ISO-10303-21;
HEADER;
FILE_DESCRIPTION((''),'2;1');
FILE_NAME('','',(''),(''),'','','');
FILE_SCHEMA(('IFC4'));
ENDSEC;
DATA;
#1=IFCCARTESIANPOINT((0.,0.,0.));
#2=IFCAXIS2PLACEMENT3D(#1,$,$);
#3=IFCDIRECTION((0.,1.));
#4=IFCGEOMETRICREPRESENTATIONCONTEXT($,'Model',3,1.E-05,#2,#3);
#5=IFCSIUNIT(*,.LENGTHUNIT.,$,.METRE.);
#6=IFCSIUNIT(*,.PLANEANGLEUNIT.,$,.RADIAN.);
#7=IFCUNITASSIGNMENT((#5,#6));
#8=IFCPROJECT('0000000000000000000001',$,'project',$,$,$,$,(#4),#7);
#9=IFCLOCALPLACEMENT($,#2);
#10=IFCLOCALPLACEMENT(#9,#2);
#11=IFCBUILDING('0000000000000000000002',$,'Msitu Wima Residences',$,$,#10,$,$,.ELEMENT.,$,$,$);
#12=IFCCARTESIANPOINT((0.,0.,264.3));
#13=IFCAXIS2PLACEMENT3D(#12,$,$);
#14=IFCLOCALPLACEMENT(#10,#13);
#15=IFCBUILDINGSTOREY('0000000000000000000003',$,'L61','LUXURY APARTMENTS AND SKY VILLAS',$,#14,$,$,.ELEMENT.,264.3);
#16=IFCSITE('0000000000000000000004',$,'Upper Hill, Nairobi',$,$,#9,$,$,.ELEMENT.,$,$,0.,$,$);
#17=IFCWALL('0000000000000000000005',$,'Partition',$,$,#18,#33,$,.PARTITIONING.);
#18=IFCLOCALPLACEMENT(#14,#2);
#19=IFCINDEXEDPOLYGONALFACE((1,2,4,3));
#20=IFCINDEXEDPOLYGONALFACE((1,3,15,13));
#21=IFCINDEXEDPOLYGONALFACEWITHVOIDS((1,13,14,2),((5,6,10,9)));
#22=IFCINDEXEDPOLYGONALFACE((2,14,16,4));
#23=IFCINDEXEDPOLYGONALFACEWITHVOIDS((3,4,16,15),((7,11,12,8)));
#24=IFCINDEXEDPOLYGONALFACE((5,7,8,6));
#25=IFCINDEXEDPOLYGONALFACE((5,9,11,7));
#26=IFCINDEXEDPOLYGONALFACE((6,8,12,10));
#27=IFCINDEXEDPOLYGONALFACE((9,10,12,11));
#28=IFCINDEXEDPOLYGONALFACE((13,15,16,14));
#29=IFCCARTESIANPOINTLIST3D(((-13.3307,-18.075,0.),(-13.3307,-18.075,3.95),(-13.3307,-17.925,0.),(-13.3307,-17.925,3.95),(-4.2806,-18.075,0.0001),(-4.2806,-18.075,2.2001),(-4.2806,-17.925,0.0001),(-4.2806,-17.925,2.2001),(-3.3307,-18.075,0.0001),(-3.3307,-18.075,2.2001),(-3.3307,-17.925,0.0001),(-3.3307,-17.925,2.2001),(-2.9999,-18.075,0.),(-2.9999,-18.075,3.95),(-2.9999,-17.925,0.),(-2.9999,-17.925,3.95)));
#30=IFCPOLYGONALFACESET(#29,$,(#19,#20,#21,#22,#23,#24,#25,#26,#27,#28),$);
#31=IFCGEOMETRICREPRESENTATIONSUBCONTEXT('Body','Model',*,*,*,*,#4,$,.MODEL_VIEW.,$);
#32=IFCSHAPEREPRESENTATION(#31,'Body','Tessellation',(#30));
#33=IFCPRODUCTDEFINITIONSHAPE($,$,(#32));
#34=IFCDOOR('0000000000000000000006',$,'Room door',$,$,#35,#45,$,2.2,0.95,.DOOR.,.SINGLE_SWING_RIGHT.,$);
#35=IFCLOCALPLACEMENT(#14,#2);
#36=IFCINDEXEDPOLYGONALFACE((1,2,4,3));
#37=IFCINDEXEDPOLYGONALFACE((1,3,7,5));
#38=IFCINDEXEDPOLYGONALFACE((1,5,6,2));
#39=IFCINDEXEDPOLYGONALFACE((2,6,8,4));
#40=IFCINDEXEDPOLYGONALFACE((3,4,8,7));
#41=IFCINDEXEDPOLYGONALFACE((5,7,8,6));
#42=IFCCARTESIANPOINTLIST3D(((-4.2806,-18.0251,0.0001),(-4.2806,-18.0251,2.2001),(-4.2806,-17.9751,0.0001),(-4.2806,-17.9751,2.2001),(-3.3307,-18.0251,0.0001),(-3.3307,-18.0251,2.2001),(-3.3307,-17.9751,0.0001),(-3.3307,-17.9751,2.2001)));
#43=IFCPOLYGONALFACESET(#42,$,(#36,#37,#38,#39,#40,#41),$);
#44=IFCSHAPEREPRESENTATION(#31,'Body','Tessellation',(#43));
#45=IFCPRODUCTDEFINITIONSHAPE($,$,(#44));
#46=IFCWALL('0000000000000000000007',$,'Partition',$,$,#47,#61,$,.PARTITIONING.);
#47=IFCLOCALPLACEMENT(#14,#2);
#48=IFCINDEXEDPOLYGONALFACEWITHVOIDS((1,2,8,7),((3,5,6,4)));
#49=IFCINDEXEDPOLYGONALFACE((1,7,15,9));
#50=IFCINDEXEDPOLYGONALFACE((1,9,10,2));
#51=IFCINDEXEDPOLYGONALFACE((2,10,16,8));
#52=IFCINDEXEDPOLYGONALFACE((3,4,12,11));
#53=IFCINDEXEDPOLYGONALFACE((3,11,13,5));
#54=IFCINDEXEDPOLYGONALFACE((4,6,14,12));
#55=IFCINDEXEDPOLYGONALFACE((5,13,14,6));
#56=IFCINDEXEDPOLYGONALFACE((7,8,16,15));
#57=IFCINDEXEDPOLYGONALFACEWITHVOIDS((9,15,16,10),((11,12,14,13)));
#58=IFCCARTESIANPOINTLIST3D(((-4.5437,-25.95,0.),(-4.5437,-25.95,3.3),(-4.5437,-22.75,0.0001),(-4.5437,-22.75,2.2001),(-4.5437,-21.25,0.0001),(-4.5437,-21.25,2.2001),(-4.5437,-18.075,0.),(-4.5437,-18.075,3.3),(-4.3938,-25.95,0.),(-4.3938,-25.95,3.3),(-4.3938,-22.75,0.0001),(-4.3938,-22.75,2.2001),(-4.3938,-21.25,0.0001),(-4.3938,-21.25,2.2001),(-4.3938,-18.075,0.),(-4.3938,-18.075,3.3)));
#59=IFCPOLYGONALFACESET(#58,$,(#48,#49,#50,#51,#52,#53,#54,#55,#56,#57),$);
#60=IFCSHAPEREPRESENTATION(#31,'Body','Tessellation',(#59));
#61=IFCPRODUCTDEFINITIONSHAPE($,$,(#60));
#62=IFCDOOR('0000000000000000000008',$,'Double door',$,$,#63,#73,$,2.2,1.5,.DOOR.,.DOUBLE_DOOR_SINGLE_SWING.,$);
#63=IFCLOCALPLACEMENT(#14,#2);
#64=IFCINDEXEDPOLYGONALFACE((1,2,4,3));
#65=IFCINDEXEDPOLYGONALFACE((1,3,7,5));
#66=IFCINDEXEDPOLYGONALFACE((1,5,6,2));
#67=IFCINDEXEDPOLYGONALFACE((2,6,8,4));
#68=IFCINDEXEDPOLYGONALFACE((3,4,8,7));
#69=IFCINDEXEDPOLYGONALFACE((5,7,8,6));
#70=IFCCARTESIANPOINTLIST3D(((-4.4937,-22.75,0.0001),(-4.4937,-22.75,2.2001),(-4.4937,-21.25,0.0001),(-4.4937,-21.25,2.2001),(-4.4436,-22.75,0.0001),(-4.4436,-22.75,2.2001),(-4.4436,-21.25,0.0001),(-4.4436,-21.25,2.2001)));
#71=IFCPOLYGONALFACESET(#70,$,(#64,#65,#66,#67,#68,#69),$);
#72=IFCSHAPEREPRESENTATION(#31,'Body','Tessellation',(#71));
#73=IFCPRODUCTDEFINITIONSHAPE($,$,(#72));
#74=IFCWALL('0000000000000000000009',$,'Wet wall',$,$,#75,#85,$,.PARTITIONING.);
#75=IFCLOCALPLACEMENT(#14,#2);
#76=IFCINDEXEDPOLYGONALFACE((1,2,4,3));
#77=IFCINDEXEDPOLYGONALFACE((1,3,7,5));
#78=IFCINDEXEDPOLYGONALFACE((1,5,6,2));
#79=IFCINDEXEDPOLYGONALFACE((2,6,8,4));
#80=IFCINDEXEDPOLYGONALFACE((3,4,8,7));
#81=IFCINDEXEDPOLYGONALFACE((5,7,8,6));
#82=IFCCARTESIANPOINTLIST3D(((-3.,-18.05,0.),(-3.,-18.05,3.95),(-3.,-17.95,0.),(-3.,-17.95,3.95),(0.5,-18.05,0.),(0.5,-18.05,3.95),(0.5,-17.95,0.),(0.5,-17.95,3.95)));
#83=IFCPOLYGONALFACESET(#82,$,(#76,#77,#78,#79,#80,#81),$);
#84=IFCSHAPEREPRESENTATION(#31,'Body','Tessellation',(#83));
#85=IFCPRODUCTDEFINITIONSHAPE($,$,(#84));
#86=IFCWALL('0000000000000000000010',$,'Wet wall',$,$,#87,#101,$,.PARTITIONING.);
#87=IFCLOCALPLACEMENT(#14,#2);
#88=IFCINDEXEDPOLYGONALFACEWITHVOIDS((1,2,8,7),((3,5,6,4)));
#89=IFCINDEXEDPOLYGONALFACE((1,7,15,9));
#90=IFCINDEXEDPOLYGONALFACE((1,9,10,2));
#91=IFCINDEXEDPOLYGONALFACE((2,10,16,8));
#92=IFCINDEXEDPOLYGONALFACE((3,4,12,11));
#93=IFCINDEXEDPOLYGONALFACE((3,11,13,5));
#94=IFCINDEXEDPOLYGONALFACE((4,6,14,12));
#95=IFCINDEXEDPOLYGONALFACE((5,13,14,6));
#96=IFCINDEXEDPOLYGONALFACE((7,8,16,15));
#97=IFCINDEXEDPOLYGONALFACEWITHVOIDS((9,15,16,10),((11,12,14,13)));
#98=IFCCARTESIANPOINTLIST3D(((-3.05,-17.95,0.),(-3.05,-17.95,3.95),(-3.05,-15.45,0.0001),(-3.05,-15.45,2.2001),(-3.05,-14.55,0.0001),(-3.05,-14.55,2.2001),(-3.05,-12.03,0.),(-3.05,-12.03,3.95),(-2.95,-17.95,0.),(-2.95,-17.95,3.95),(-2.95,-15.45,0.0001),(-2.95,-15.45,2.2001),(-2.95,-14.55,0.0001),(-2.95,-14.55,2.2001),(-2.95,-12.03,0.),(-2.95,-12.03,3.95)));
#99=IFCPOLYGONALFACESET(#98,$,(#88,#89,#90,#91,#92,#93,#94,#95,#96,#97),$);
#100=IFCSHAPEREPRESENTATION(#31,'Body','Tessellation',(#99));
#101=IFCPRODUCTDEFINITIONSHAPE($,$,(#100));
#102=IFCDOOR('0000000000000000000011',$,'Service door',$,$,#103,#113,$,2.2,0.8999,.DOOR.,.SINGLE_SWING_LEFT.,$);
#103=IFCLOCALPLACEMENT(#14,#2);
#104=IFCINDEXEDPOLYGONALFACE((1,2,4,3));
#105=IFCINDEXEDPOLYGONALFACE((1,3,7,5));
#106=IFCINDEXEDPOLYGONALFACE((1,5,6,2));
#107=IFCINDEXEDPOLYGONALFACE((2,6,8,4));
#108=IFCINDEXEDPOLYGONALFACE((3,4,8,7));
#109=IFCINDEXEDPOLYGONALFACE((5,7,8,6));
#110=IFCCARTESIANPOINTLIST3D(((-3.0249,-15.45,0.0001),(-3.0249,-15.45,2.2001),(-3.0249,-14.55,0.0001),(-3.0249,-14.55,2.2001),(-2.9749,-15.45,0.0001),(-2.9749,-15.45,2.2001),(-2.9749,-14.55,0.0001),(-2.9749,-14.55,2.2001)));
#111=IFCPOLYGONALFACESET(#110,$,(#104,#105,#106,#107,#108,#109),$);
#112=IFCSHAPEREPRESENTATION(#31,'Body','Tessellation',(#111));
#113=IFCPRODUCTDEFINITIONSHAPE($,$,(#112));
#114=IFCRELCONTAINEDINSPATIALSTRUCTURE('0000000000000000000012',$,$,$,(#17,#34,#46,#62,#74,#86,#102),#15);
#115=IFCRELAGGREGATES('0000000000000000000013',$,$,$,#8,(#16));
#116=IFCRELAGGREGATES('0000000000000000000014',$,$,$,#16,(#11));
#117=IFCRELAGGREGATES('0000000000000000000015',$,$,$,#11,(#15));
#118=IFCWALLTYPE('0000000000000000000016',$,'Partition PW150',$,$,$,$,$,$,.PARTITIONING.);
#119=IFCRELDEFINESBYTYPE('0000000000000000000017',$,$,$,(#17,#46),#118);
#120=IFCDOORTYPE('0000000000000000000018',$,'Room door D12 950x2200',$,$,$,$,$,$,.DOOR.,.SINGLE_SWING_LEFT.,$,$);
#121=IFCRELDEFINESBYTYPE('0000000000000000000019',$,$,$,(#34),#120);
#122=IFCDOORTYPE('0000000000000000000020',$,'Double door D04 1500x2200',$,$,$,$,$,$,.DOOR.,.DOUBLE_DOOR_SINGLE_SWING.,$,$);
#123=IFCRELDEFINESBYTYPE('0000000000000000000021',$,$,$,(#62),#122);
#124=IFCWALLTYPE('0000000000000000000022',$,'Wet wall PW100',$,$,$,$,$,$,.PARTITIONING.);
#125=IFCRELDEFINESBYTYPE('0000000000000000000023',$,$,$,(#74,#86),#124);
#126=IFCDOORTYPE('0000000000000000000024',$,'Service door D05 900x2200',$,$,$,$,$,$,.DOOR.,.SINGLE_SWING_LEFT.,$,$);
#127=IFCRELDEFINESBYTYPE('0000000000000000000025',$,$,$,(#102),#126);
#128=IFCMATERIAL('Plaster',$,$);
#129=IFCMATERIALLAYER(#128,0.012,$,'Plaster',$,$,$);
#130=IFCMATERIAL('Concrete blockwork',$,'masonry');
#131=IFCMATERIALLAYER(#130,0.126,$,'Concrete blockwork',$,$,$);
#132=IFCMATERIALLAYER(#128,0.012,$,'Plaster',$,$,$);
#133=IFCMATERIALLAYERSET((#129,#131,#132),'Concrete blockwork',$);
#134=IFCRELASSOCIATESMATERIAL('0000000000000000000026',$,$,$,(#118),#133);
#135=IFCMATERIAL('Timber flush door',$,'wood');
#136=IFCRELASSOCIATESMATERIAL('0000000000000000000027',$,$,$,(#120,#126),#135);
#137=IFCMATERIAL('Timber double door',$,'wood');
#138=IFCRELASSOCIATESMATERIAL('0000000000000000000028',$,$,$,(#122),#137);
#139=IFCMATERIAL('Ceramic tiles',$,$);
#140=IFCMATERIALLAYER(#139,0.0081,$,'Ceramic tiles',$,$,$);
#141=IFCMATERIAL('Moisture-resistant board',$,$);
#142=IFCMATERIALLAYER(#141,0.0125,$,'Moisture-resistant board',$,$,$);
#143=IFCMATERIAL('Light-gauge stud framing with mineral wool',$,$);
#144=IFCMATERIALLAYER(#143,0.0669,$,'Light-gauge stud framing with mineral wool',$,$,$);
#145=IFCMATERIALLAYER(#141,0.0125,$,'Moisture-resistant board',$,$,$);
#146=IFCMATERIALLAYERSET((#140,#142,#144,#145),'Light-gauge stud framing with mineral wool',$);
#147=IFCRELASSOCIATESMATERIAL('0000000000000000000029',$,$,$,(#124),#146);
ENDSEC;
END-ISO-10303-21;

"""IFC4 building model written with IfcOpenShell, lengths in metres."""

from ifc_helpers import new_model, si_unit, direction, frame, frame_2d, origin, place, context, subcontext, project, spatial, rectangle, extrude, material, layer, layer_set, type_object, element, fill, save


model = new_model("IFC4")

# Units and contexts
model_context = context("Model", 3, precision=1e-05, world=origin(), true_north=direction((0.0, 1.0)))
body_context = subcontext(model_context, "Body", "Model", "MODEL_VIEW")
ifc_project = project(units=[si_unit("LENGTHUNIT", "METRE"), si_unit("PLANEANGLEUNIT", "RADIAN")], contexts=[model_context])

# Site, building, storey
site_placement = place(None, origin())
site = spatial("IfcSite", under=ifc_project, at=site_placement, Name="Upper Hill, Nairobi", CompositionType="ELEMENT", RefElevation=0.0)
building_placement = place(site_placement, origin())
building = spatial("IfcBuilding", under=site, at=building_placement, Name="Msitu Wima Residences", CompositionType="ELEMENT")
storey_placement = place(building_placement, frame((0.0, 0.0, 264.3)))
storey = spatial("IfcBuildingStorey", under=building, at=storey_placement, Name="L61", Description="LUXURY APARTMENTS AND SKY VILLAS", CompositionType="ELEMENT", Elevation=264.3)

# Shared definitions
ifc_material_1 = material(Name="Plaster")
ifc_layer_1 = layer(ifc_material_1, 0.012, Name="Plaster")
ifc_material_2 = material(Name="Concrete blockwork", Category="masonry")
ifc_layer_2 = layer(ifc_material_2, 0.126, Name="Concrete blockwork")
ifc_layer_3 = layer(ifc_material_1, 0.012, Name="Plaster")
ifc_layer_set_1 = layer_set([ifc_layer_1, ifc_layer_2, ifc_layer_3], Name="Concrete blockwork")
wall_type_1 = type_object("IfcWallType", Name="Partition PW150", PredefinedType="PARTITIONING", material=ifc_layer_set_1)
ifc_material_3 = material(Name="Timber flush door", Category="wood")
door_type_1 = type_object("IfcDoorType", Name="Room door D12 950x2200", OperationType="SINGLE_SWING_LEFT", PredefinedType="DOOR", material=ifc_material_3)

# Walls, openings, doors
wall_1_placement = place(storey_placement, frame((-13.3308, -18.0, 0.0), z_axis=(0.0, 0.0, 1.0), x_axis=(1.0, 0.0, 0.0)))
wall_1 = element("IfcWall", 1, at=wall_1_placement, inside=storey, type_object=wall_type_1, Name="Partition", PredefinedType="PARTITIONING", context=body_context, shape_type="SweptSolid", body=[
    extrude(rectangle(XDim=10.3308, YDim=0.1499, at=frame_2d((5.1655, 0.0))), origin(), (0.0, 0.0, 1.0), 3.95),
])
opening_1_placement = place(wall_1_placement, frame((9.05, 0.0, 0.0)))
opening_1 = element("IfcOpeningElement", 2, at=opening_1_placement, cuts=wall_1, PredefinedType="OPENING", context=body_context, shape_type="SweptSolid", body=[
    extrude(rectangle(XDim=0.95, YDim=2.2, at=frame_2d((0.4751, 1.1001))), frame((0.0, 0.085, 0.0), z_axis=(0.0, -1.0, 0.0), x_axis=(1.0, 0.0, 0.0)), (0.0, 0.0, 1.0), 0.1699),
])
door_1_placement = place(opening_1_placement, origin())
door_1 = element("IfcDoor", 3, at=door_1_placement, inside=storey, type_object=door_type_1, Name="Room door", OperationType="SINGLE_SWING_RIGHT", OverallHeight=2.2, OverallWidth=0.95, PredefinedType="DOOR", context=body_context, shape_type="SweptSolid", body=[
    extrude(rectangle(XDim=0.95, YDim=2.2, at=frame_2d((0.4751, 1.1001))), frame((0.0, 0.0249, 0.0), z_axis=(0.0, -1.0, 0.0), x_axis=(1.0, 0.0, 0.0)), (0.0, 0.0, 1.0), 0.05),
])
fill(opening_1, door_1)
wall_2_placement = place(storey_placement, frame((-4.4688, -25.95, 0.0), z_axis=(0.0, 0.0, 1.0), x_axis=(0.0, 1.0, 0.0)))
wall_2 = element("IfcWall", 4, at=wall_2_placement, inside=storey, type_object=wall_type_1, Name="Partition", PredefinedType="PARTITIONING", context=body_context, shape_type="SweptSolid", body=[
    extrude(rectangle(XDim=7.875, YDim=0.1499, at=frame_2d((3.9375, 0.0))), origin(), (0.0, 0.0, 1.0), 3.3),
])
opening_2_placement = place(wall_2_placement, frame((3.2, 0.0, 0.0)))
opening_2 = element("IfcOpeningElement", 5, at=opening_2_placement, cuts=wall_2, PredefinedType="OPENING", context=body_context, shape_type="SweptSolid", body=[
    extrude(rectangle(XDim=1.5, YDim=2.2, at=frame_2d((0.75, 1.1001))), frame((0.0, 0.085, 0.0), z_axis=(0.0, -1.0, 0.0), x_axis=(1.0, 0.0, 0.0)), (0.0, 0.0, 1.0), 0.1699),
])
ifc_material_4 = material(Name="Timber double door", Category="wood")
door_type_2 = type_object("IfcDoorType", Name="Double door D04 1500x2200", OperationType="DOUBLE_DOOR_SINGLE_SWING", PredefinedType="DOOR", material=ifc_material_4)
door_2_placement = place(opening_2_placement, origin())
door_2 = element("IfcDoor", 6, at=door_2_placement, inside=storey, type_object=door_type_2, Name="Double door", OperationType="DOUBLE_DOOR_SINGLE_SWING", OverallHeight=2.2, OverallWidth=1.5, PredefinedType="DOOR", context=body_context, shape_type="SweptSolid", body=[
    extrude(rectangle(XDim=1.5, YDim=2.2, at=frame_2d((0.75, 1.1001))), frame((0.0, 0.0249, 0.0), z_axis=(0.0, -1.0, 0.0), x_axis=(1.0, 0.0, 0.0)), (0.0, 0.0, 1.0), 0.05),
])
fill(opening_2, door_2)

# Wall
ifc_material_5 = material(Name="Ceramic tiles")
ifc_layer_4 = layer(ifc_material_5, 0.0081, Name="Ceramic tiles")
ifc_material_6 = material(Name="Moisture-resistant board")
ifc_layer_5 = layer(ifc_material_6, 0.0125, Name="Moisture-resistant board")
ifc_material_7 = material(Name="Light-gauge stud framing with mineral wool")
ifc_layer_6 = layer(ifc_material_7, 0.0669, Name="Light-gauge stud framing with mineral wool")
ifc_layer_7 = layer(ifc_material_6, 0.0125, Name="Moisture-resistant board")
ifc_layer_set_2 = layer_set([ifc_layer_4, ifc_layer_5, ifc_layer_6, ifc_layer_7], Name="Light-gauge stud framing with mineral wool")
wall_type_2 = type_object("IfcWallType", Name="Wet wall PW100", PredefinedType="PARTITIONING", material=ifc_layer_set_2)
wall_3_placement = place(storey_placement, frame((-3.0, -18.0, 0.0), z_axis=(0.0, 0.0, 1.0), x_axis=(1.0, 0.0, 0.0)))
element("IfcWall", 7, at=wall_3_placement, inside=storey, type_object=wall_type_2, Name="Wet wall", PredefinedType="PARTITIONING", context=body_context, shape_type="SweptSolid", body=[
    extrude(rectangle(XDim=3.5, YDim=0.1001, at=frame_2d((1.75, 0.0))), origin(), (0.0, 0.0, 1.0), 3.95),
])

# Wall, opening, door
wall_4_placement = place(storey_placement, frame((-3.0, -17.95, 0.0), z_axis=(0.0, 0.0, 1.0), x_axis=(0.0, 1.0, 0.0)))
wall_4 = element("IfcWall", 8, at=wall_4_placement, inside=storey, type_object=wall_type_2, Name="Wet wall", PredefinedType="PARTITIONING", context=body_context, shape_type="SweptSolid", body=[
    extrude(rectangle(XDim=5.9199, YDim=0.1001, at=frame_2d((2.96, 0.0))), origin(), (0.0, 0.0, 1.0), 3.95),
])
opening_3_placement = place(wall_4_placement, frame((2.5, 0.0, 0.0)))
opening_3 = element("IfcOpeningElement", 9, at=opening_3_placement, cuts=wall_4, PredefinedType="OPENING", context=body_context, shape_type="SweptSolid", body=[
    extrude(rectangle(XDim=0.8999, YDim=2.2, at=frame_2d((0.45, 1.1001))), frame((0.0, 0.0601, 0.0), z_axis=(0.0, -1.0, 0.0), x_axis=(1.0, 0.0, 0.0)), (0.0, 0.0, 1.0), 0.1201),
])
door_type_3 = type_object("IfcDoorType", Name="Service door D05 900x2200", OperationType="SINGLE_SWING_LEFT", PredefinedType="DOOR", material=ifc_material_3)
door_3_placement = place(opening_3_placement, origin())
door_3 = element("IfcDoor", 10, at=door_3_placement, inside=storey, type_object=door_type_3, Name="Service door", OperationType="SINGLE_SWING_LEFT", OverallHeight=2.2, OverallWidth=0.8999, PredefinedType="DOOR", context=body_context, shape_type="SweptSolid", body=[
    extrude(rectangle(XDim=0.8999, YDim=2.2, at=frame_2d((0.45, 1.1001))), frame((0.0, 0.0249, 0.0), z_axis=(0.0, -1.0, 0.0), x_axis=(1.0, 0.0, 0.0)), (0.0, 0.0, 1.0), 0.05),
])
fill(opening_3, door_3)

save(model, "model.ifc")
